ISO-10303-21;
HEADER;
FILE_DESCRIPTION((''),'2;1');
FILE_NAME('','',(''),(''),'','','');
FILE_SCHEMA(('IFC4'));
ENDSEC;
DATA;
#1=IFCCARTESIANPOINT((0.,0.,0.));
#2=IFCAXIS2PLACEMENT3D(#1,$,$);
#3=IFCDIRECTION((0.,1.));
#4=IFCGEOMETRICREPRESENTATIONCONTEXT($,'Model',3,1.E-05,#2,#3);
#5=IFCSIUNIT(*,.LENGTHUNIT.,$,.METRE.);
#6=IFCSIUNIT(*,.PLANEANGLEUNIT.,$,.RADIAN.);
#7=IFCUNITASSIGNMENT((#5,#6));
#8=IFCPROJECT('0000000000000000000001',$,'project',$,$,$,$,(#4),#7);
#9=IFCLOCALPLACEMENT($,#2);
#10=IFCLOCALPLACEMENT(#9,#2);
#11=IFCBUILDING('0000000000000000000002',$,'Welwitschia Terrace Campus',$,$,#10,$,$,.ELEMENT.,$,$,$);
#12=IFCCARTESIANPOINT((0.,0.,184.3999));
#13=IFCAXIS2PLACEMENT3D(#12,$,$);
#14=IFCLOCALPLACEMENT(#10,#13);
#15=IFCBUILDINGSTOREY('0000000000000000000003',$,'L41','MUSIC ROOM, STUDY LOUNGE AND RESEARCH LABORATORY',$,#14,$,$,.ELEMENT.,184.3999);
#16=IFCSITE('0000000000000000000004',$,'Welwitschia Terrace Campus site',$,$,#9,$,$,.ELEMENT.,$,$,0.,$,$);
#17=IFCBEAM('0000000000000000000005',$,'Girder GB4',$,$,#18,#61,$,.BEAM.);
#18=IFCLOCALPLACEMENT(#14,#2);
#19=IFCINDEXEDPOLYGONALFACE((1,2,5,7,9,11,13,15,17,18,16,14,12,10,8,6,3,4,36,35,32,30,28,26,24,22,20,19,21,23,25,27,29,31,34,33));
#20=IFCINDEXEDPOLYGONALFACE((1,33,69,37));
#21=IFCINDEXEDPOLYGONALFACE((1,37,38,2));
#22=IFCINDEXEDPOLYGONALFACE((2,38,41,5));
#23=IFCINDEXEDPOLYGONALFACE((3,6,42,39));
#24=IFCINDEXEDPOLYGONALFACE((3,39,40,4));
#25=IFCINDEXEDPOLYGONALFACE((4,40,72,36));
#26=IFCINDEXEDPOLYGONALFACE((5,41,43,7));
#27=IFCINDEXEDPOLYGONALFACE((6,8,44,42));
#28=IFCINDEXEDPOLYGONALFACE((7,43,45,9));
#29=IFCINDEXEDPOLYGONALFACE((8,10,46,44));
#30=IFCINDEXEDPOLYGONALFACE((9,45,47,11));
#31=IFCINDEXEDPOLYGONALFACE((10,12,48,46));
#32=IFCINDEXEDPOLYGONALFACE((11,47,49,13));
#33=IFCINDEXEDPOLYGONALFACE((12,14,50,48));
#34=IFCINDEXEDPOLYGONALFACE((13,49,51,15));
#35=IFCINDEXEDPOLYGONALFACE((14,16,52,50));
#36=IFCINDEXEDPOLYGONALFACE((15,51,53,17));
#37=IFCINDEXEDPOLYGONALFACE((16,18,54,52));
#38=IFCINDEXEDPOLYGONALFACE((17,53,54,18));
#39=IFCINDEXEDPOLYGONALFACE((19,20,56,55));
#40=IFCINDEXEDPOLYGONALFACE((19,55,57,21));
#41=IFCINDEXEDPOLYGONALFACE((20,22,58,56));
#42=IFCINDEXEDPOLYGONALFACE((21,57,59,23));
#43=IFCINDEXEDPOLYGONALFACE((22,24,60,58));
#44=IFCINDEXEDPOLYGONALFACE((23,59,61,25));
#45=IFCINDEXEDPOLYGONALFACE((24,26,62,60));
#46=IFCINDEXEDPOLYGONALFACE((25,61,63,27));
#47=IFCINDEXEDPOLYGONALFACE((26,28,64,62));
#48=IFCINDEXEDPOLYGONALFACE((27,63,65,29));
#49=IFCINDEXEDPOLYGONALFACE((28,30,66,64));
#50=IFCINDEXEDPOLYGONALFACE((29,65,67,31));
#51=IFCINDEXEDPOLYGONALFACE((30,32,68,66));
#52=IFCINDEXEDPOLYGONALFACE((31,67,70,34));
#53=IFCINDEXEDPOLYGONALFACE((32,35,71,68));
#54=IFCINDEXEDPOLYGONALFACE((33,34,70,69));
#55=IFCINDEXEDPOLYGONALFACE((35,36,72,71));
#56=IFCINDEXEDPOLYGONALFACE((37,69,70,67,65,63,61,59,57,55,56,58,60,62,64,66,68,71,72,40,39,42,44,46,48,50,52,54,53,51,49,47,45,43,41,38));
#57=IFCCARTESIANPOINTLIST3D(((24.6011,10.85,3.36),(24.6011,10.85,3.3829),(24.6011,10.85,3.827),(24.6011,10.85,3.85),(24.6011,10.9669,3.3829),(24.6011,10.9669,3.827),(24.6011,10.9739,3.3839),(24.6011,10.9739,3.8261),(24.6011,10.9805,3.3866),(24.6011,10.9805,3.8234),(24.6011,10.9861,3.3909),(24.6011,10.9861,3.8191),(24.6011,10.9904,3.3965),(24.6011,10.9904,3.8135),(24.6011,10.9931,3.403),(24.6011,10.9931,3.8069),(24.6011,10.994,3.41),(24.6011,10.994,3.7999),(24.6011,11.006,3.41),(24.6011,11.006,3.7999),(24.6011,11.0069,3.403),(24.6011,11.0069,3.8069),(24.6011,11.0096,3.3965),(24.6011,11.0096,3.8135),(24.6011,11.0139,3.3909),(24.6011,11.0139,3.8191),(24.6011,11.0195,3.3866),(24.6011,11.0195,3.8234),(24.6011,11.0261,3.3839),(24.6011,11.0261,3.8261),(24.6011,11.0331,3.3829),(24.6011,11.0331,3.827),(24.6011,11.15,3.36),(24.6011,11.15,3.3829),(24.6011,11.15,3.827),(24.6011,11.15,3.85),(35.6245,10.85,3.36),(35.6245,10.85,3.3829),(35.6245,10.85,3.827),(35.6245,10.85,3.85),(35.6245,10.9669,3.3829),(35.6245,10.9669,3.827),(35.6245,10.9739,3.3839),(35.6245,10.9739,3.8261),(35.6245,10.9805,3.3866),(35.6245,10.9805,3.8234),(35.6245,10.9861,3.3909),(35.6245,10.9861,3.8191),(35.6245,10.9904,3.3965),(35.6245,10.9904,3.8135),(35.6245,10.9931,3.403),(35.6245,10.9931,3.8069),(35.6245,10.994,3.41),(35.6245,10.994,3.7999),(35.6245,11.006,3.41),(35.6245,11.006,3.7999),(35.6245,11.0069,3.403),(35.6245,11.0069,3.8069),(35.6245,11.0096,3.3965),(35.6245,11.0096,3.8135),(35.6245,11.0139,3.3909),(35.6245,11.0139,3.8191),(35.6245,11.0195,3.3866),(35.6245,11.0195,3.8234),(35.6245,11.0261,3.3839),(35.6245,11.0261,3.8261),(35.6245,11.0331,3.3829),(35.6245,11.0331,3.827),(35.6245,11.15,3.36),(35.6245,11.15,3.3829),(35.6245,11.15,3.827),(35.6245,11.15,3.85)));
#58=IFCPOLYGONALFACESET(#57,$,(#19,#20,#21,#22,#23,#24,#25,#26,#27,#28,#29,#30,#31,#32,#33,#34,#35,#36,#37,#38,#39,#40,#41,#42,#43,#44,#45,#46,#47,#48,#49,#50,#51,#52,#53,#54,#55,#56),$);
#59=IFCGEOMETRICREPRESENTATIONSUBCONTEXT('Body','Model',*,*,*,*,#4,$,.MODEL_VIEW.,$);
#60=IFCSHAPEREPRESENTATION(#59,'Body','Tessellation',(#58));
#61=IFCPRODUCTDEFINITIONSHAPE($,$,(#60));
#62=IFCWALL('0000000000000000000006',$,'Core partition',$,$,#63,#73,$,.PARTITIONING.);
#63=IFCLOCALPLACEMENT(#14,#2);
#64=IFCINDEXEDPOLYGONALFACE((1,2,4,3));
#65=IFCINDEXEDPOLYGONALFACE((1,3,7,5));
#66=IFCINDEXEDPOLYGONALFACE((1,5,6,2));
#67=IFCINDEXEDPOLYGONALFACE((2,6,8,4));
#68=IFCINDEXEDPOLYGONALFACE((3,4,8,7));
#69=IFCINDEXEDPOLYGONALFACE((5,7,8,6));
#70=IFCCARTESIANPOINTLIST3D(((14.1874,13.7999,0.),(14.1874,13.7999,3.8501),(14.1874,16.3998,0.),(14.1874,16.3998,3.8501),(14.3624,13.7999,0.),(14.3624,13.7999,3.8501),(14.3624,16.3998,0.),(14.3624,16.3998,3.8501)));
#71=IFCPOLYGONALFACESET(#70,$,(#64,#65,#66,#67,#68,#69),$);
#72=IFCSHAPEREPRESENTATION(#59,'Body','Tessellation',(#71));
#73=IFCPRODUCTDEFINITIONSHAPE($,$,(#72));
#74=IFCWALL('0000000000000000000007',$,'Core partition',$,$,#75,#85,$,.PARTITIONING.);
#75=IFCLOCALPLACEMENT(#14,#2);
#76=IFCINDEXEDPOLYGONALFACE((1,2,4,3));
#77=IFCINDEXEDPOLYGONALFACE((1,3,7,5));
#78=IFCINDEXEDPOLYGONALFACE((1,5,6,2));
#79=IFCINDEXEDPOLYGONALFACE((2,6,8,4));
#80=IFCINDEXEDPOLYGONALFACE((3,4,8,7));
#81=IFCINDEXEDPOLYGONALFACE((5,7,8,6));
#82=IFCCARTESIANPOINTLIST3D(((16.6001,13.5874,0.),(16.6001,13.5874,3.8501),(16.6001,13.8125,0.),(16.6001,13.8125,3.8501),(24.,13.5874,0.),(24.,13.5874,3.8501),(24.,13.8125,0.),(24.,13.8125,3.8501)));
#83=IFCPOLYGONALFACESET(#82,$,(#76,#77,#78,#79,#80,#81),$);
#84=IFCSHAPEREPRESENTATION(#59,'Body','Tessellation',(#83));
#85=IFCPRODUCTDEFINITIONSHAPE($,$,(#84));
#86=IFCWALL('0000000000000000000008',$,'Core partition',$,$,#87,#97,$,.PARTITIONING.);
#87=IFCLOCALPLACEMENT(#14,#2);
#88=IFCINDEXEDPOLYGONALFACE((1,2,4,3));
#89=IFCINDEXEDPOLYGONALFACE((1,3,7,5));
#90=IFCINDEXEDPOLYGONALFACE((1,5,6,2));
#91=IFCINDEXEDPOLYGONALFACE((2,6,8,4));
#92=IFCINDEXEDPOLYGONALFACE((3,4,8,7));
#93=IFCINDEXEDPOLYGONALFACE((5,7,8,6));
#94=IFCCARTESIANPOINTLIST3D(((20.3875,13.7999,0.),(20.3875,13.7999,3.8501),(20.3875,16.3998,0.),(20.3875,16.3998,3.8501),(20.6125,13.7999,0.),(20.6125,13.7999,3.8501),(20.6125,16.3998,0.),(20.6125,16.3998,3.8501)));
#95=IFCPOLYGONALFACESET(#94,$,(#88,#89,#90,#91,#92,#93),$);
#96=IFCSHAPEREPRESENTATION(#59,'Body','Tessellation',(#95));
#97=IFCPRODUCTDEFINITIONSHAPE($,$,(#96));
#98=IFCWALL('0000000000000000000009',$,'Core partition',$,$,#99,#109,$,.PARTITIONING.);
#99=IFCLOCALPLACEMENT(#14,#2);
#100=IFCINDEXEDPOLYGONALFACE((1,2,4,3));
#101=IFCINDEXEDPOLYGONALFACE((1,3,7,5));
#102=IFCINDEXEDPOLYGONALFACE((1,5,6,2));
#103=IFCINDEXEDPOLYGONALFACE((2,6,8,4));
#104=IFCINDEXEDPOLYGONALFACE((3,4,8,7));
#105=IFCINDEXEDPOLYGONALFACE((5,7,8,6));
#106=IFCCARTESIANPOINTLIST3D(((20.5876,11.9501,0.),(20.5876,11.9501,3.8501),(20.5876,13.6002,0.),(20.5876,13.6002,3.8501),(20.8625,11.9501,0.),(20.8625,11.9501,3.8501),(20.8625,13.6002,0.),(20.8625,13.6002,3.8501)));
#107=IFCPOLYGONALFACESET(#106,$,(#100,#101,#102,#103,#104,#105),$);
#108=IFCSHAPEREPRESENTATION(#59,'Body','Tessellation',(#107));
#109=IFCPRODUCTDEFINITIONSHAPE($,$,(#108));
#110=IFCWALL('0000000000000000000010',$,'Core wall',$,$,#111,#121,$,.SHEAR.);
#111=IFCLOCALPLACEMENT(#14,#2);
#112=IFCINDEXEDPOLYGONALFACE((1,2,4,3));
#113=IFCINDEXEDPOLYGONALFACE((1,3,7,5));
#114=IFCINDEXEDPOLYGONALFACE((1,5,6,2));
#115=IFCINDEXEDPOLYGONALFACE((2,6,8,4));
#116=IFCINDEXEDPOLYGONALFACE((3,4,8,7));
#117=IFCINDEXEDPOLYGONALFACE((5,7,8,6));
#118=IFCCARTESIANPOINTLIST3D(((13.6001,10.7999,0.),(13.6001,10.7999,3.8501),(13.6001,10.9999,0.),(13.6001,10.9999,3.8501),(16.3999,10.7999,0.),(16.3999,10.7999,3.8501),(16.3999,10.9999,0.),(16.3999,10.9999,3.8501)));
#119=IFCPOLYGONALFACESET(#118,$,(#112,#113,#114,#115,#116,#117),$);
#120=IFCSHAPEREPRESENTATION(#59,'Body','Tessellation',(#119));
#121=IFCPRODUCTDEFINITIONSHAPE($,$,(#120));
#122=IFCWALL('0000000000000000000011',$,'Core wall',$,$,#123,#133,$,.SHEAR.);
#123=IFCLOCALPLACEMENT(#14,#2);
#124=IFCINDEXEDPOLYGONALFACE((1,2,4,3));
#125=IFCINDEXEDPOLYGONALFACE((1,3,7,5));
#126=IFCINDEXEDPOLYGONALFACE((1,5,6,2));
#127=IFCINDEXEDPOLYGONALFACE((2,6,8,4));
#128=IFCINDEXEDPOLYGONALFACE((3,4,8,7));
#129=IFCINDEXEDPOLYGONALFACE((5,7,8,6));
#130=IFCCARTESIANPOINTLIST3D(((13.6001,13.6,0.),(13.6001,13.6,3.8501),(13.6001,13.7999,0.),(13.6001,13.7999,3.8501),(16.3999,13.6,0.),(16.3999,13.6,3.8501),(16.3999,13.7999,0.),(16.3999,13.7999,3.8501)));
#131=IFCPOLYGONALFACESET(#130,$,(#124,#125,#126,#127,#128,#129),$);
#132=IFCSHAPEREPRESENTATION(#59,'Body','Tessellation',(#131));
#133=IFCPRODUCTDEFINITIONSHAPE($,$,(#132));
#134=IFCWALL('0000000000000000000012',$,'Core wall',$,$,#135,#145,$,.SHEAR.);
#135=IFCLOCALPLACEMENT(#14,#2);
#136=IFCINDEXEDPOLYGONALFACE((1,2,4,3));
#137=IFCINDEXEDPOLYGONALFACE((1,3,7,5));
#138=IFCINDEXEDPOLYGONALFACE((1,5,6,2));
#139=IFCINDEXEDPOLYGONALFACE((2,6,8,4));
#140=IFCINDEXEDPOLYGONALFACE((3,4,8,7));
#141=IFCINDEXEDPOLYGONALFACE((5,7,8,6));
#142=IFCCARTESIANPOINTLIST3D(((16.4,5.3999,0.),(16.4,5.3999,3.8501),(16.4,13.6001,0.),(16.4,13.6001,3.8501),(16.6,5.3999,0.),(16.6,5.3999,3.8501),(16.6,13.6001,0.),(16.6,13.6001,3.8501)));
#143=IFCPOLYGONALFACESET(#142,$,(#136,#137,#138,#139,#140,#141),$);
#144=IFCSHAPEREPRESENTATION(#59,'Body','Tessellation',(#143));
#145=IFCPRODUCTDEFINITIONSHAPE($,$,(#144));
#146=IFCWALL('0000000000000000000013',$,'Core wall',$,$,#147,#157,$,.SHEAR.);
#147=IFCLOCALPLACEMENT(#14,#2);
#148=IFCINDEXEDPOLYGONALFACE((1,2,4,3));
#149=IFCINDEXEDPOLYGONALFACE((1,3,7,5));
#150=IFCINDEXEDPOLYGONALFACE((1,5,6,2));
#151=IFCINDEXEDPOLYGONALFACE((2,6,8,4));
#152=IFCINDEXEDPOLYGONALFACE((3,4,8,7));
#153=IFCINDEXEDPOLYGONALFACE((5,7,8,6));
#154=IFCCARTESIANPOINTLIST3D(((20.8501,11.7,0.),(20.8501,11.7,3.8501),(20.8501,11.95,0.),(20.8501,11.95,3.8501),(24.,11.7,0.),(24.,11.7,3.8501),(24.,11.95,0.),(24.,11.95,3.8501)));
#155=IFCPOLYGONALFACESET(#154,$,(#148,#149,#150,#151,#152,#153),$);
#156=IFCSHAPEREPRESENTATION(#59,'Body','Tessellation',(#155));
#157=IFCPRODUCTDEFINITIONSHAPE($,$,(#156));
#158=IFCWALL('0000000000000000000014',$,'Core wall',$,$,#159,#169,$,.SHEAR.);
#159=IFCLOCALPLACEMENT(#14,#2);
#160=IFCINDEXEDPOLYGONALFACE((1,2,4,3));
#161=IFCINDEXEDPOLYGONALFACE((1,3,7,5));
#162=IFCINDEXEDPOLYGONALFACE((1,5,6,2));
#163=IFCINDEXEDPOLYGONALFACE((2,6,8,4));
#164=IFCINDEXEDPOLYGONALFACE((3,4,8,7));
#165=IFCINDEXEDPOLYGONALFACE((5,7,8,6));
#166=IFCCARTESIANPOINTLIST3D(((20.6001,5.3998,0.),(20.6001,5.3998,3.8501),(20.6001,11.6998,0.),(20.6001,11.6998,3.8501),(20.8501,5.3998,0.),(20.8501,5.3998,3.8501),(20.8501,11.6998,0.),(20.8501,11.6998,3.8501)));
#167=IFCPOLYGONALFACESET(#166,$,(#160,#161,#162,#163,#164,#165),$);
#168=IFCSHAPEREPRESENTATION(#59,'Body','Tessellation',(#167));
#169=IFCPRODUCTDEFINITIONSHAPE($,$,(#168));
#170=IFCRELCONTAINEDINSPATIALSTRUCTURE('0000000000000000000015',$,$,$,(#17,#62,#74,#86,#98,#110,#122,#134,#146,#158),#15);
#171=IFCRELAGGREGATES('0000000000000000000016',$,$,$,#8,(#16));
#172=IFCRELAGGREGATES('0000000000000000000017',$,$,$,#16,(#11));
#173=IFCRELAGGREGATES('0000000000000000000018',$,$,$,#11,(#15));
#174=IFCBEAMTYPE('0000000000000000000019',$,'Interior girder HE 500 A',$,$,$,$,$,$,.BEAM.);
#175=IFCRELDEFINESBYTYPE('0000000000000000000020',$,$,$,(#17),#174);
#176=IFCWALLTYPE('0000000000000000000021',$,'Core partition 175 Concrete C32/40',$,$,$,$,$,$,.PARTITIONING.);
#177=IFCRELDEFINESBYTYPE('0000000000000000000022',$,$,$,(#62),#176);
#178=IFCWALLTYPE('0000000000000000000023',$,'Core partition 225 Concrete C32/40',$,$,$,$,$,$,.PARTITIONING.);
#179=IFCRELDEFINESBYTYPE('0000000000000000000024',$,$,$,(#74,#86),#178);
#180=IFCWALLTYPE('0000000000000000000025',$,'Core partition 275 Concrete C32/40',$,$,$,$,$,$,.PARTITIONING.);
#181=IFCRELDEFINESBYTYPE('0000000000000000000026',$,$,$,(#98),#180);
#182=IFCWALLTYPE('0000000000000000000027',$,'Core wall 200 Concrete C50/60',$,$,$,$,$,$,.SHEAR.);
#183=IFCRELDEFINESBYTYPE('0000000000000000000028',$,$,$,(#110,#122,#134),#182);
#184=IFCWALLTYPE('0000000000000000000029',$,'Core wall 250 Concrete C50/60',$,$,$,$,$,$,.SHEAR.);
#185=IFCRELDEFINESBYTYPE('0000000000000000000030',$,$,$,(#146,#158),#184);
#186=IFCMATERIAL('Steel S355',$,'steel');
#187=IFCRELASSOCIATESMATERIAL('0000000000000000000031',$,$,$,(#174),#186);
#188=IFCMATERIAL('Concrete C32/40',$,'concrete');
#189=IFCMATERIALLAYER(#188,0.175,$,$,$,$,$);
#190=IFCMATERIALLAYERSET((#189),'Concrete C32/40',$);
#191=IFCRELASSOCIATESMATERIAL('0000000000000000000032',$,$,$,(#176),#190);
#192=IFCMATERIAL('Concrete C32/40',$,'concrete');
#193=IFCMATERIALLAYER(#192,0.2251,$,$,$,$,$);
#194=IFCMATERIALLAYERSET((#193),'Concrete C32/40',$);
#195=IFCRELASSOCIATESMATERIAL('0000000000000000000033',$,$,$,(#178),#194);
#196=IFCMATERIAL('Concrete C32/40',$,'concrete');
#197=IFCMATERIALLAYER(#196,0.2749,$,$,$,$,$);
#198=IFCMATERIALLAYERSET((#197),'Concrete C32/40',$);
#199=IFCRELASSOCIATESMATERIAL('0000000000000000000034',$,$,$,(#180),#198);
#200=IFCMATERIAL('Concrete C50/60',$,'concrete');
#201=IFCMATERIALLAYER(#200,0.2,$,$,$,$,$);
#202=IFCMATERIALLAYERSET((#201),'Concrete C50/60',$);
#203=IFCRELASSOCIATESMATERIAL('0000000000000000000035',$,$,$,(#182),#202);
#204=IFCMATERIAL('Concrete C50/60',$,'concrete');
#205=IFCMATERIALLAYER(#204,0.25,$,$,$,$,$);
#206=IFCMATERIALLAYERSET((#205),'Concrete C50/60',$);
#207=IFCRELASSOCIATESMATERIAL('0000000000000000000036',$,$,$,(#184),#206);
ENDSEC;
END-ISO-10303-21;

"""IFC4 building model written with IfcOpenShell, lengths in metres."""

from ifc_helpers import new_model, si_unit, direction, frame, frame_2d, origin, origin_2d, place, context, subcontext, project, spatial, rectangle, i_section, extrude, material, layer, layer_set, material_profile, profile_set, type_object, element, save


model = new_model("IFC4")

# Units and contexts
model_context = context("Model", 3, precision=1e-05, world=origin(), true_north=direction((0.0, 1.0)))
body_context = subcontext(model_context, "Body", "Model", "MODEL_VIEW")
ifc_project = project(units=[si_unit("LENGTHUNIT", "METRE"), si_unit("PLANEANGLEUNIT", "RADIAN")], contexts=[model_context])

# Site, building, storey
site_placement = place(None, origin())
site = spatial("IfcSite", under=ifc_project, at=site_placement, Name="Welwitschia Terrace Campus site", CompositionType="ELEMENT", RefElevation=0.0)
building_placement = place(site_placement, origin())
building = spatial("IfcBuilding", under=site, at=building_placement, Name="Welwitschia Terrace Campus", CompositionType="ELEMENT")
storey_placement = place(building_placement, frame((0.0, 0.0, 184.3999)))
storey = spatial("IfcBuildingStorey", under=building, at=storey_placement, Name="L41", Description="MUSIC ROOM, STUDY LOUNGE AND RESEARCH LABORATORY", CompositionType="ELEMENT", Elevation=184.3999)

# Beam
ifc_material_1 = material(Name="Steel S355", Category="steel")
ifc_material_profile = material_profile(ifc_material_1, i_section(OverallWidth=0.3, OverallDepth=0.49, WebThickness=0.012, FlangeThickness=0.0229, FilletRadius=0.0271, at=origin_2d()))
ifc_profile_set = profile_set([ifc_material_profile], Name="Steel S355")
beam_type = type_object("IfcBeamType", Name="Interior girder HE 500 A", PredefinedType="BEAM", material=ifc_profile_set)
beam_placement = place(storey_placement, frame((24.6011, 11.0, 3.605), z_axis=(1.0, 0.0, 0.0), x_axis=(0.0, 1.0, 0.0)))
element("IfcBeam", 1, at=beam_placement, inside=storey, type_object=beam_type, Name="Girder GB4", PredefinedType="BEAM", context=body_context, shape_type="SweptSolid", body=[
    extrude(i_section(OverallWidth=0.3, OverallDepth=0.49, WebThickness=0.012, FlangeThickness=0.0229, FilletRadius=0.0271, at=origin_2d()), origin(), (0.0, 0.0, 1.0), 11.0234),
])

# Walls
ifc_material_2 = material(Name="Concrete C32/40", Category="concrete")
ifc_layer_1 = layer(ifc_material_2, 0.175)
ifc_layer_set_1 = layer_set([ifc_layer_1], Name="Concrete C32/40")
wall_type_1 = type_object("IfcWallType", Name="Core partition 175 Concrete C32/40", PredefinedType="PARTITIONING", material=ifc_layer_set_1)
wall_1_placement = place(storey_placement, frame((14.2749, 13.8, 0.0), z_axis=(0.0, 0.0, 1.0), x_axis=(0.0, 1.0, 0.0)))
element("IfcWall", 2, at=wall_1_placement, inside=storey, type_object=wall_type_1, Name="Core partition", PredefinedType="PARTITIONING", context=body_context, shape_type="SweptSolid", body=[
    extrude(rectangle(XDim=2.5999, YDim=0.175, at=frame_2d((1.2998, 0.0))), origin(), (0.0, 0.0, 1.0), 3.8501),
])
ifc_material_3 = material(Name="Concrete C32/40", Category="concrete")
ifc_layer_2 = layer(ifc_material_3, 0.2251)
ifc_layer_set_2 = layer_set([ifc_layer_2], Name="Concrete C32/40")
wall_type_2 = type_object("IfcWallType", Name="Core partition 225 Concrete C32/40", PredefinedType="PARTITIONING", material=ifc_layer_set_2)
wall_2_placement = place(storey_placement, frame((16.6001, 13.7, 0.0), z_axis=(0.0, 0.0, 1.0), x_axis=(1.0, 0.0, 0.0)))
element("IfcWall", 3, at=wall_2_placement, inside=storey, type_object=wall_type_2, Name="Core partition", PredefinedType="PARTITIONING", context=body_context, shape_type="SweptSolid", body=[
    extrude(rectangle(XDim=7.3999, YDim=0.2251, at=frame_2d((3.7, 0.0))), origin(), (0.0, 0.0, 1.0), 3.8501),
])
wall_3_placement = place(storey_placement, frame((20.5, 13.8, 0.0), z_axis=(0.0, 0.0, 1.0), x_axis=(0.0, 1.0, 0.0)))
element("IfcWall", 4, at=wall_3_placement, inside=storey, type_object=wall_type_2, Name="Core partition", PredefinedType="PARTITIONING", context=body_context, shape_type="SweptSolid", body=[
    extrude(rectangle(XDim=2.5999, YDim=0.2251, at=frame_2d((1.2998, 0.0))), origin(), (0.0, 0.0, 1.0), 3.8501),
])
ifc_material_4 = material(Name="Concrete C32/40", Category="concrete")
ifc_layer_3 = layer(ifc_material_4, 0.2749)
ifc_layer_set_3 = layer_set([ifc_layer_3], Name="Concrete C32/40")
wall_type_3 = type_object("IfcWallType", Name="Core partition 275 Concrete C32/40", PredefinedType="PARTITIONING", material=ifc_layer_set_3)
wall_4_placement = place(storey_placement, frame((20.7251, 11.95, 0.0), z_axis=(0.0, 0.0, 1.0), x_axis=(0.0, 1.0, 0.0)))
element("IfcWall", 5, at=wall_4_placement, inside=storey, type_object=wall_type_3, Name="Core partition", PredefinedType="PARTITIONING", context=body_context, shape_type="SweptSolid", body=[
    extrude(rectangle(XDim=1.6501, YDim=0.2749, at=frame_2d((0.8252, 0.0))), origin(), (0.0, 0.0, 1.0), 3.8501),
])
ifc_material_5 = material(Name="Concrete C50/60", Category="concrete")
ifc_layer_4 = layer(ifc_material_5, 0.2)
ifc_layer_set_4 = layer_set([ifc_layer_4], Name="Concrete C50/60")
wall_type_4 = type_object("IfcWallType", Name="Core wall 200 Concrete C50/60", PredefinedType="SHEAR", material=ifc_layer_set_4)
for number, where, z_axis, x_axis, name in (
    (6, (13.6001, 10.8999, 0.0), (0.0, 0.0, 1.0), (1.0, 0.0, 0.0), "Core wall"),
    (7, (13.6001, 13.7, 0.0), (0.0, 0.0, 1.0), (1.0, 0.0, 0.0), "Core wall"),
):
    element("IfcWall", number, at=place(storey_placement, frame(where, z_axis=z_axis, x_axis=x_axis)), inside=storey, type_object=wall_type_4, Name=name, PredefinedType="SHEAR", context=body_context, shape_type="SweptSolid", body=[
        extrude(rectangle(XDim=2.7998, YDim=0.2, at=frame_2d((1.3999, 0.0))), origin(), (0.0, 0.0, 1.0), 3.8501),
    ])
wall_5_placement = place(storey_placement, frame((16.5, 5.3999, 0.0), z_axis=(0.0, 0.0, 1.0), x_axis=(0.0, 1.0, 0.0)))
element("IfcWall", 8, at=wall_5_placement, inside=storey, type_object=wall_type_4, Name="Core wall", PredefinedType="SHEAR", context=body_context, shape_type="SweptSolid", body=[
    extrude(rectangle(XDim=8.2002, YDim=0.2, at=frame_2d((4.1001, 0.0))), origin(), (0.0, 0.0, 1.0), 3.8501),
])
ifc_material_6 = material(Name="Concrete C50/60", Category="concrete")
ifc_layer_5 = layer(ifc_material_6, 0.25)
ifc_layer_set_5 = layer_set([ifc_layer_5], Name="Concrete C50/60")
wall_type_5 = type_object("IfcWallType", Name="Core wall 250 Concrete C50/60", PredefinedType="SHEAR", material=ifc_layer_set_5)
wall_6_placement = place(storey_placement, frame((20.8501, 11.825, 0.0), z_axis=(0.0, 0.0, 1.0), x_axis=(1.0, 0.0, 0.0)))
element("IfcWall", 9, at=wall_6_placement, inside=storey, type_object=wall_type_5, Name="Core wall", PredefinedType="SHEAR", context=body_context, shape_type="SweptSolid", body=[
    extrude(rectangle(XDim=3.1499, YDim=0.25, at=frame_2d((1.575, 0.0))), origin(), (0.0, 0.0, 1.0), 3.8501),
])
wall_7_placement = place(storey_placement, frame((20.7251, 5.3999, 0.0), z_axis=(0.0, 0.0, 1.0), x_axis=(0.0, 1.0, 0.0)))
element("IfcWall", 10, at=wall_7_placement, inside=storey, type_object=wall_type_5, Name="Core wall", PredefinedType="SHEAR", context=body_context, shape_type="SweptSolid", body=[
    extrude(rectangle(XDim=6.3, YDim=0.25, at=frame_2d((3.1499, 0.0))), origin(), (0.0, 0.0, 1.0), 3.8501),
])

save(model, "model.ifc")
